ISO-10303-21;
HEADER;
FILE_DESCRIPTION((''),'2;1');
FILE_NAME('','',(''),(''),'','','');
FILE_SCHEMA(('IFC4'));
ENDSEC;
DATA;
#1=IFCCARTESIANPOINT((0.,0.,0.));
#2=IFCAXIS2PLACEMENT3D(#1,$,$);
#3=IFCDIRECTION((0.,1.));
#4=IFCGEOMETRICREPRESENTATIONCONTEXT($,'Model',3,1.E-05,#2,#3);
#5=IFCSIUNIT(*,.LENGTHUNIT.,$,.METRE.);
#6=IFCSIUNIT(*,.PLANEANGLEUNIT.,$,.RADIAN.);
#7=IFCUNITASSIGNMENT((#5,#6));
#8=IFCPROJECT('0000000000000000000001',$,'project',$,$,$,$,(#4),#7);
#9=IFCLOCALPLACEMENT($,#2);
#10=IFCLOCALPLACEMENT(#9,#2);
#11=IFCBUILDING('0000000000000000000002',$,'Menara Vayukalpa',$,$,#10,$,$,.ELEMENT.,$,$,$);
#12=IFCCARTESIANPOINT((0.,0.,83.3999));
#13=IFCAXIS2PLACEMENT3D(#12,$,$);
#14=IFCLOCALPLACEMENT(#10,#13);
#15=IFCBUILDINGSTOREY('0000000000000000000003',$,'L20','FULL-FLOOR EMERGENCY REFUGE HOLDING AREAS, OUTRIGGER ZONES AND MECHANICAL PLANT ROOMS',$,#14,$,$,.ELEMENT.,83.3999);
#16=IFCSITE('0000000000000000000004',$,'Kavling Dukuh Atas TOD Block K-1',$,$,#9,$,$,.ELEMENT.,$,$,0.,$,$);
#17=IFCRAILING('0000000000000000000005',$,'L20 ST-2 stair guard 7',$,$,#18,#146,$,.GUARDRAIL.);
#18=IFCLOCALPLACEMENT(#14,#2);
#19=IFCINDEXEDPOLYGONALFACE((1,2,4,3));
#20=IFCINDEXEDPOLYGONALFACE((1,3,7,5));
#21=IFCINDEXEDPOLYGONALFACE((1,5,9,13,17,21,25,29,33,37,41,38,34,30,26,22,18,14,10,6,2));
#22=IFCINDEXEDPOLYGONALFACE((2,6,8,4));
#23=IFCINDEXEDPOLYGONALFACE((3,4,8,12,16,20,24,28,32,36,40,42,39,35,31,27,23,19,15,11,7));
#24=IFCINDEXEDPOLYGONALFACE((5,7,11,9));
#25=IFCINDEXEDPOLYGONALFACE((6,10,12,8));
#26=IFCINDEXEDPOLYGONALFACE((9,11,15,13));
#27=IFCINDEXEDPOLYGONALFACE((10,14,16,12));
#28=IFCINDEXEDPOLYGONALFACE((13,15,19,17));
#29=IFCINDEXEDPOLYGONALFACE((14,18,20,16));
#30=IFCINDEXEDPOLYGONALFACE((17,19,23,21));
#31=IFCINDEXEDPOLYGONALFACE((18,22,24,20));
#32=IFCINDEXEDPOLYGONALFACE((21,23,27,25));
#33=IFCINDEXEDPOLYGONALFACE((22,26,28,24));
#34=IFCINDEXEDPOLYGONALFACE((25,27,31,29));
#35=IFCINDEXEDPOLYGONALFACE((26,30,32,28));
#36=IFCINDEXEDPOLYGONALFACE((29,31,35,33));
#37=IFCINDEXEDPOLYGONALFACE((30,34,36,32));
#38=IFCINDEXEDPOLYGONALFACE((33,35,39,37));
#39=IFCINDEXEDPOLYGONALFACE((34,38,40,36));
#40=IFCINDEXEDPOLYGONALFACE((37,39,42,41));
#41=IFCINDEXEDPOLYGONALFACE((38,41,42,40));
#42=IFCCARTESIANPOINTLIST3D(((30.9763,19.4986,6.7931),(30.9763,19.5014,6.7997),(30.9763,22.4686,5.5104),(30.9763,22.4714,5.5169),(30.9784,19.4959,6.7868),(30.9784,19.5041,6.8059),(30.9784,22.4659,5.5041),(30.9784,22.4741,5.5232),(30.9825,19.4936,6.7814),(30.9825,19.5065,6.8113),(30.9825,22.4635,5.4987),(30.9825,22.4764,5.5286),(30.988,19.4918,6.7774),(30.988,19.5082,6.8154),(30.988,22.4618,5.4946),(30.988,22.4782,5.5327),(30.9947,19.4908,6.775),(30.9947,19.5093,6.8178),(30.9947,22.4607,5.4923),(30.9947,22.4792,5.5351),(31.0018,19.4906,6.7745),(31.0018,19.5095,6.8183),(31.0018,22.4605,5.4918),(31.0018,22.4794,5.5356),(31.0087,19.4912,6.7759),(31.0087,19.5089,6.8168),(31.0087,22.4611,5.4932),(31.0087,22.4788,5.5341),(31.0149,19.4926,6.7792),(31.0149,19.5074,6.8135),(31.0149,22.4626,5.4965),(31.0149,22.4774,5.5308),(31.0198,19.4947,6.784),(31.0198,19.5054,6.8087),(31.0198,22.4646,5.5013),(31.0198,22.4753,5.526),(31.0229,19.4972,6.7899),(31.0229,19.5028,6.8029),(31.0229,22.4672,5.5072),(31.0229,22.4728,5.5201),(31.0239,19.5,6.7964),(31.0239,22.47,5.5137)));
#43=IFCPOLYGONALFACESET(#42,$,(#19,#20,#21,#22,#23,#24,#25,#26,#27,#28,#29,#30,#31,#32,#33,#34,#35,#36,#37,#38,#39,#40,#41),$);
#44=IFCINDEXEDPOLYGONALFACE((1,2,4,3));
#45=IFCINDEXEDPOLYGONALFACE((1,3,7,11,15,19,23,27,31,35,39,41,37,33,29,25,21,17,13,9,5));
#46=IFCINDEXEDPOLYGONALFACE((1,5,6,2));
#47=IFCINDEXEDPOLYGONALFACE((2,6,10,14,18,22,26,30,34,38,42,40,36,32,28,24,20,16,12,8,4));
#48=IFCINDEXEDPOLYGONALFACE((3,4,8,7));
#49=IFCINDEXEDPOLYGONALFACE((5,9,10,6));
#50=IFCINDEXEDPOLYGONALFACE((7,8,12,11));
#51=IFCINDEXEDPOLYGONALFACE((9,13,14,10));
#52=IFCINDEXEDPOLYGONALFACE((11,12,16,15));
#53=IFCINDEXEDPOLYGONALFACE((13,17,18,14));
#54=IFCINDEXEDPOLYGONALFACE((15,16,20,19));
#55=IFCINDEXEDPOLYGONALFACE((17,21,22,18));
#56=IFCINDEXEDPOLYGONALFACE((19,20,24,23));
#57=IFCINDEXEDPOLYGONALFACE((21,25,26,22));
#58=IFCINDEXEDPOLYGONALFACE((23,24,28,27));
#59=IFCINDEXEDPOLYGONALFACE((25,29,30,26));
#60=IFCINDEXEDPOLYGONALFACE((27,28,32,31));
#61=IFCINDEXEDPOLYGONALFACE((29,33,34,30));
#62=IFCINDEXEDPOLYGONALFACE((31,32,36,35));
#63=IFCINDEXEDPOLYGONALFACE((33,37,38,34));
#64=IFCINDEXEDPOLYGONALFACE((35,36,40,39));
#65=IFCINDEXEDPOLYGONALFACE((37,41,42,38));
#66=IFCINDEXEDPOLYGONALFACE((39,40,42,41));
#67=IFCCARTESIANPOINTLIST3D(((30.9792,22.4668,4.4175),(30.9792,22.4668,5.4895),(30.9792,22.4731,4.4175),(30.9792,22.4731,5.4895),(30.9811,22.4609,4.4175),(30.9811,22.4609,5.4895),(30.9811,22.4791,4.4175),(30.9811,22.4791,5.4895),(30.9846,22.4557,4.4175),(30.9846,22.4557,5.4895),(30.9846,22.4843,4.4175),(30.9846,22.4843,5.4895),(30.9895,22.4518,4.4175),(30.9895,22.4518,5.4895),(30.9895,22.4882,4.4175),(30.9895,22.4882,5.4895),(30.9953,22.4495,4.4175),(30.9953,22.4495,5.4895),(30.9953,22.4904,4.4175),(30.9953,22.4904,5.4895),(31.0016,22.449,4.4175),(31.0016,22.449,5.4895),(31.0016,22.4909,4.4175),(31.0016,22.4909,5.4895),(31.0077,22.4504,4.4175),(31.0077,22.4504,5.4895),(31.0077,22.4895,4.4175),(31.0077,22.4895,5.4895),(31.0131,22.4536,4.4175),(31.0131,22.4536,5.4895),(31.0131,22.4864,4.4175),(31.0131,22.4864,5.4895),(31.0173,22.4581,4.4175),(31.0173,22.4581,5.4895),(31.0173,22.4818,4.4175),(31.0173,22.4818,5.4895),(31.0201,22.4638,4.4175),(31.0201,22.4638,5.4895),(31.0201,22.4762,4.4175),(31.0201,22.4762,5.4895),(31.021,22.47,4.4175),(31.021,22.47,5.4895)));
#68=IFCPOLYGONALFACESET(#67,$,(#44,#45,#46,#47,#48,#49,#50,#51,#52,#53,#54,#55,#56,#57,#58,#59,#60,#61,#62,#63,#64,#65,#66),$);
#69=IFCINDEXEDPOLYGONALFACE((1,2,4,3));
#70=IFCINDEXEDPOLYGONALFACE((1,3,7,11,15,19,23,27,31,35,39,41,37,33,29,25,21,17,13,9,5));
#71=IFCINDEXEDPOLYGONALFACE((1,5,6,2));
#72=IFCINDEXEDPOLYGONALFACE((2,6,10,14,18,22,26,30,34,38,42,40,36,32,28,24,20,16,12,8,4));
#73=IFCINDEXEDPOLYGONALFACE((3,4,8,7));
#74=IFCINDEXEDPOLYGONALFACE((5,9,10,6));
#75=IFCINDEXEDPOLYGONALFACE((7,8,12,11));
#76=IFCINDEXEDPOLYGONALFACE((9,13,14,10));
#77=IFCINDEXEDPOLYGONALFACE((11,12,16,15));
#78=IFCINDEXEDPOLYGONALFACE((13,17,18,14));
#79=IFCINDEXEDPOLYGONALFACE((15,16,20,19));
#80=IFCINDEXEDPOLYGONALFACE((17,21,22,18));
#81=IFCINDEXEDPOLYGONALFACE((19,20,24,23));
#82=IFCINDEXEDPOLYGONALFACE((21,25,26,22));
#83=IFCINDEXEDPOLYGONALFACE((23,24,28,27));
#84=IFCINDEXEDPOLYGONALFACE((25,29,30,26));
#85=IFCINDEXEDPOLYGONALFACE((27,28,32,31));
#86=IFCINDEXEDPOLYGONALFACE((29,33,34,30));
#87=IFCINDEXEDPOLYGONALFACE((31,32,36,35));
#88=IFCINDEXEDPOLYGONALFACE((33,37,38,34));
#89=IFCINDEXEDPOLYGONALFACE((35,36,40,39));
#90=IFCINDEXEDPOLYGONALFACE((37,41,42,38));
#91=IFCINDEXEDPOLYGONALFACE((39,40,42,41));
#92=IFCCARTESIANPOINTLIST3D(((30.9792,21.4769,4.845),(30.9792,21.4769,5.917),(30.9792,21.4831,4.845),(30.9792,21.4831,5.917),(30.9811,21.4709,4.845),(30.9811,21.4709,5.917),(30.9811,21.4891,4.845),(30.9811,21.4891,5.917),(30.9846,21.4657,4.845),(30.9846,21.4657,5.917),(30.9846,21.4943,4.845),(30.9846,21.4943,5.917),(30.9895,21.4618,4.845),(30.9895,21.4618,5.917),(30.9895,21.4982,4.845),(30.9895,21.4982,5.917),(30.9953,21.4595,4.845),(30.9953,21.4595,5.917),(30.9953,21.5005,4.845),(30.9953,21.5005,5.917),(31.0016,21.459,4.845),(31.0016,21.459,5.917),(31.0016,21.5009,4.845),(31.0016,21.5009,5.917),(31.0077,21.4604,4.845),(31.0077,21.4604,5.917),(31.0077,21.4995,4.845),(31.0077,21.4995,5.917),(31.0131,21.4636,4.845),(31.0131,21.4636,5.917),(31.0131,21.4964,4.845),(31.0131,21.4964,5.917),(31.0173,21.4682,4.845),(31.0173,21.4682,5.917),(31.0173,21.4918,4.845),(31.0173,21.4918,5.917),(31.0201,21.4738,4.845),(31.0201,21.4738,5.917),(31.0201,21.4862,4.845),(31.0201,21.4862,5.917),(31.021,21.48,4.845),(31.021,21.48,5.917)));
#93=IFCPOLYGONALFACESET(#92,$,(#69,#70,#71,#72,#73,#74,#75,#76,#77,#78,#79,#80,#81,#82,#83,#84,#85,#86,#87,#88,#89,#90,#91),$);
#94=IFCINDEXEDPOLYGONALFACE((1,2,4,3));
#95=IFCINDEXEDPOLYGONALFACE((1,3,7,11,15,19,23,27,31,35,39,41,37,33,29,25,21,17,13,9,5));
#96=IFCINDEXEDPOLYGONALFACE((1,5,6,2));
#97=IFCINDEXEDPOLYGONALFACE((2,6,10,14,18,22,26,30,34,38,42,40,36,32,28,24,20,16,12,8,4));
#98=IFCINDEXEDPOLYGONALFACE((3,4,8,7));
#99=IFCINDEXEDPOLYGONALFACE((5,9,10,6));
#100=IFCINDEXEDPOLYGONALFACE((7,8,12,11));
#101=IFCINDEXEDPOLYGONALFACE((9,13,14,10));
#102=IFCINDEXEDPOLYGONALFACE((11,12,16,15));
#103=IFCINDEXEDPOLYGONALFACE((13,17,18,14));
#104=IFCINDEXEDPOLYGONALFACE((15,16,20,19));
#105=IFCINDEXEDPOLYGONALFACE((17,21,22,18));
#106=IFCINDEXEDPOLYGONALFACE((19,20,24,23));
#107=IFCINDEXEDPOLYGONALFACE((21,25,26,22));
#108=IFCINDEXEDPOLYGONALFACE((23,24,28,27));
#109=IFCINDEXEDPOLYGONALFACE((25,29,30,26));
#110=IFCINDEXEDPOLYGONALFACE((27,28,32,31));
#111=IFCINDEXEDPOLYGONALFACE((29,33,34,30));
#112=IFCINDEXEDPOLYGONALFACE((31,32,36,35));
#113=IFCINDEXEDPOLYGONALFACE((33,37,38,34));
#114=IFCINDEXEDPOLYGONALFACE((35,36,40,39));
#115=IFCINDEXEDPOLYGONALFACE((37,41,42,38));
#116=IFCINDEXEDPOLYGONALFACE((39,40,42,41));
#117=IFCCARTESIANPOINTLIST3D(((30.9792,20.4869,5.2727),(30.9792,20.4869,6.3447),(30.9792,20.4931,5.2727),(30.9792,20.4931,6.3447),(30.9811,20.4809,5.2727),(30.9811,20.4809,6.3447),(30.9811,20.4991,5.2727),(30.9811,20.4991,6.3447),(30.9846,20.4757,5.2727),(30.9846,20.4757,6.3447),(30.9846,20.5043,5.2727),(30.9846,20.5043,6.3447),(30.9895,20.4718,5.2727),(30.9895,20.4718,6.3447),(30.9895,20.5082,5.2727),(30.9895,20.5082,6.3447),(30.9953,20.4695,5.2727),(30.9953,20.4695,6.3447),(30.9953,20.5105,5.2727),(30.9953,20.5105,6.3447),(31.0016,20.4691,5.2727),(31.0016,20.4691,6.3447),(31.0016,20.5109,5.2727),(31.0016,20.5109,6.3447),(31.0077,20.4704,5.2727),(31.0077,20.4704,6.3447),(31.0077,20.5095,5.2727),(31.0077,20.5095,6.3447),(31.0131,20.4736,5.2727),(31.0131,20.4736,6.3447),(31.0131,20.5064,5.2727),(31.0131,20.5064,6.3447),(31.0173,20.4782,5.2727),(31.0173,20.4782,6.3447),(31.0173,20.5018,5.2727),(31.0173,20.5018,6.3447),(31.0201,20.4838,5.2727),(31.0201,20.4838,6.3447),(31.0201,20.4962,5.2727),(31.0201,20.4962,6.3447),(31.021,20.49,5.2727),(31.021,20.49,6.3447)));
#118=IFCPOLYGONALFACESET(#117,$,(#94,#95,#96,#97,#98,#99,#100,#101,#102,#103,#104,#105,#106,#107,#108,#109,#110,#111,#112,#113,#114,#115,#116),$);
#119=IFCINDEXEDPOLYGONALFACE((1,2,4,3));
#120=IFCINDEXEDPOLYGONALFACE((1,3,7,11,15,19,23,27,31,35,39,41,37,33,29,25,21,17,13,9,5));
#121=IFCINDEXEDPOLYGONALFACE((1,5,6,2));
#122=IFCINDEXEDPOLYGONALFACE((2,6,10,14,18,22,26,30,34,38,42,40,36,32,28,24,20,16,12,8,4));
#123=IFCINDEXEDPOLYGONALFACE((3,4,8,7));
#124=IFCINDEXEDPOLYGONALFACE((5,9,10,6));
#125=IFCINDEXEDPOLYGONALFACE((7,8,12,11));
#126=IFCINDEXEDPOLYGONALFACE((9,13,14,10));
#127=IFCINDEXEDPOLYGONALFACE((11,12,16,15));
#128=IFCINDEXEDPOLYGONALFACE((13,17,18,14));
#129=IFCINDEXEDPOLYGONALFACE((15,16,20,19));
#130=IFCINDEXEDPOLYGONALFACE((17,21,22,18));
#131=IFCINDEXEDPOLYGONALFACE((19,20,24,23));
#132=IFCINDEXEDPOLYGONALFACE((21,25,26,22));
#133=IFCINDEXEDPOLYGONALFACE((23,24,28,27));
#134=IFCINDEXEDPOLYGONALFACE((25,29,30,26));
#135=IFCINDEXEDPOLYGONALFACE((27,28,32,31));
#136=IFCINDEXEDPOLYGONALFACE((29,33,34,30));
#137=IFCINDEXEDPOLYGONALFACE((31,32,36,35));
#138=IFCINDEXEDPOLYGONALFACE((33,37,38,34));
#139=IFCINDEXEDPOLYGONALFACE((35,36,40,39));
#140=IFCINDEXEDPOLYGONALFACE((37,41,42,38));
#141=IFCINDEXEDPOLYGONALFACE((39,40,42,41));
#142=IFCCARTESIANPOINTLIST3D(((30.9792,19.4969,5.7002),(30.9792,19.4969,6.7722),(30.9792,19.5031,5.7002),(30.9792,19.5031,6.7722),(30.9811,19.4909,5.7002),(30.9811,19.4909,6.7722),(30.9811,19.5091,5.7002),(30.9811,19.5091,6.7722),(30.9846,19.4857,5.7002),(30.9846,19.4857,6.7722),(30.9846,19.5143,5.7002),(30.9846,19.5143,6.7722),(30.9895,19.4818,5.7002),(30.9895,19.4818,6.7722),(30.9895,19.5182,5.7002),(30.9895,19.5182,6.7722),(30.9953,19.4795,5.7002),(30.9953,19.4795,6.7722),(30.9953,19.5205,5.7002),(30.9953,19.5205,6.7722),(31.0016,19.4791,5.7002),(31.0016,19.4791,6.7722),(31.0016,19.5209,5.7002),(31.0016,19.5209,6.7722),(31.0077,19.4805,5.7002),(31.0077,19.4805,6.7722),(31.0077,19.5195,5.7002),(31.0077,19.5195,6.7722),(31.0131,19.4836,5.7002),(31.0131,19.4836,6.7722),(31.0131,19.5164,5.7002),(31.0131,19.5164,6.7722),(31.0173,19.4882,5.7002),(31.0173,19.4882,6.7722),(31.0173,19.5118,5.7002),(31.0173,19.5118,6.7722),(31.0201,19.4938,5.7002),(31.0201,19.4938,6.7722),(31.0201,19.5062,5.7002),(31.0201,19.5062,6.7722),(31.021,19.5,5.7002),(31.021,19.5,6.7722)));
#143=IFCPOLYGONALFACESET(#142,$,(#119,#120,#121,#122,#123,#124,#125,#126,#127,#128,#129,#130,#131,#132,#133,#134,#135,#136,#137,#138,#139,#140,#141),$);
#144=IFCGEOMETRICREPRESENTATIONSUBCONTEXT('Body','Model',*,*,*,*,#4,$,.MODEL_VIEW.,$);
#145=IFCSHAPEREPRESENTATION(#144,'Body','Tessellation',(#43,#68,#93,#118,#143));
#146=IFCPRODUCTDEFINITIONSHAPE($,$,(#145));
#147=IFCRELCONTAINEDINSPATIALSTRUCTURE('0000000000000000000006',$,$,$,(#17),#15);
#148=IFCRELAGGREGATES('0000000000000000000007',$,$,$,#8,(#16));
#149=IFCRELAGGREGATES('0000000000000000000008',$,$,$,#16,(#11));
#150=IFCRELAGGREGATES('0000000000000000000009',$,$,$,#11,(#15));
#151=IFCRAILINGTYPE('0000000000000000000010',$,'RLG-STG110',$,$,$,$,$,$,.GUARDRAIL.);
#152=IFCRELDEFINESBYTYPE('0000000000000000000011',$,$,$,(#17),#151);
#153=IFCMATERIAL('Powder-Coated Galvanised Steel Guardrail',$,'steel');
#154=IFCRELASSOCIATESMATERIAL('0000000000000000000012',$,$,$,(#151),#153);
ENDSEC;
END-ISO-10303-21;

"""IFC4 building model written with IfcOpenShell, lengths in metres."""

from ifc_helpers import new_model, si_unit, direction, frame, origin, origin_2d, place, context, subcontext, project, spatial, circle, extrude, material, type_object, element, save


model = new_model("IFC4")

# Units and contexts
model_context = context("Model", 3, precision=1e-05, world=origin(), true_north=direction((0.0, 1.0)))
body_context = subcontext(model_context, "Body", "Model", "MODEL_VIEW")
ifc_project = project(units=[si_unit("LENGTHUNIT", "METRE"), si_unit("PLANEANGLEUNIT", "RADIAN")], contexts=[model_context])

# Site, building, storey
site_placement = place(None, origin())
site = spatial("IfcSite", under=ifc_project, at=site_placement, Name="Kavling Dukuh Atas TOD Block K-1", CompositionType="ELEMENT", RefElevation=0.0)
building_placement = place(site_placement, origin())
building = spatial("IfcBuilding", under=site, at=building_placement, Name="Menara Vayukalpa", CompositionType="ELEMENT")
storey_placement = place(building_placement, frame((0.0, 0.0, 83.3999)))
storey = spatial("IfcBuildingStorey", under=building, at=storey_placement, Name="L20", Description="FULL-FLOOR EMERGENCY REFUGE HOLDING AREAS, OUTRIGGER ZONES AND MECHANICAL PLANT ROOMS", CompositionType="ELEMENT", Elevation=83.3999)

# Railing
ifc_material_1 = material(Name="Powder-Coated Galvanised Steel Guardrail", Category="steel")
railing_type_1 = type_object("IfcRailingType", Name="RLG-STG110", PredefinedType="GUARDRAIL", material=ifc_material_1)
railing_1_placement = place(storey_placement, frame((31.0, 22.47, 4.4175)))
element("IfcRailing", 1, at=railing_1_placement, inside=storey, type_object=railing_type_1, Name="L20 ST-2 stair guard 7", PredefinedType="GUARDRAIL", context=body_context, shape_type="SweptSolid", body=[
    extrude(circle(Radius=0.0239, at=origin_2d()), frame((0.0, 0.0, 1.0962), z_axis=(0.0, -0.918037, 0.396495), x_axis=(1.0, 0.0, 0.0)), (0.0, 0.0, 1.0), 3.2351),
    extrude(circle(Radius=0.021, at=origin_2d()), origin(), (0.0, 0.0, 1.0), 1.072),
    extrude(circle(Radius=0.021, at=origin_2d()), frame((0.0, -0.99, 0.4275)), (0.0, 0.0, 1.0), 1.072),
    extrude(circle(Radius=0.021, at=origin_2d()), frame((0.0, -1.98, 0.8552)), (0.0, 0.0, 1.0), 1.072),
    extrude(circle(Radius=0.021, at=origin_2d()), frame((0.0, -2.97, 1.2827)), (0.0, 0.0, 1.0), 1.072),
])

save(model, "model.ifc")
